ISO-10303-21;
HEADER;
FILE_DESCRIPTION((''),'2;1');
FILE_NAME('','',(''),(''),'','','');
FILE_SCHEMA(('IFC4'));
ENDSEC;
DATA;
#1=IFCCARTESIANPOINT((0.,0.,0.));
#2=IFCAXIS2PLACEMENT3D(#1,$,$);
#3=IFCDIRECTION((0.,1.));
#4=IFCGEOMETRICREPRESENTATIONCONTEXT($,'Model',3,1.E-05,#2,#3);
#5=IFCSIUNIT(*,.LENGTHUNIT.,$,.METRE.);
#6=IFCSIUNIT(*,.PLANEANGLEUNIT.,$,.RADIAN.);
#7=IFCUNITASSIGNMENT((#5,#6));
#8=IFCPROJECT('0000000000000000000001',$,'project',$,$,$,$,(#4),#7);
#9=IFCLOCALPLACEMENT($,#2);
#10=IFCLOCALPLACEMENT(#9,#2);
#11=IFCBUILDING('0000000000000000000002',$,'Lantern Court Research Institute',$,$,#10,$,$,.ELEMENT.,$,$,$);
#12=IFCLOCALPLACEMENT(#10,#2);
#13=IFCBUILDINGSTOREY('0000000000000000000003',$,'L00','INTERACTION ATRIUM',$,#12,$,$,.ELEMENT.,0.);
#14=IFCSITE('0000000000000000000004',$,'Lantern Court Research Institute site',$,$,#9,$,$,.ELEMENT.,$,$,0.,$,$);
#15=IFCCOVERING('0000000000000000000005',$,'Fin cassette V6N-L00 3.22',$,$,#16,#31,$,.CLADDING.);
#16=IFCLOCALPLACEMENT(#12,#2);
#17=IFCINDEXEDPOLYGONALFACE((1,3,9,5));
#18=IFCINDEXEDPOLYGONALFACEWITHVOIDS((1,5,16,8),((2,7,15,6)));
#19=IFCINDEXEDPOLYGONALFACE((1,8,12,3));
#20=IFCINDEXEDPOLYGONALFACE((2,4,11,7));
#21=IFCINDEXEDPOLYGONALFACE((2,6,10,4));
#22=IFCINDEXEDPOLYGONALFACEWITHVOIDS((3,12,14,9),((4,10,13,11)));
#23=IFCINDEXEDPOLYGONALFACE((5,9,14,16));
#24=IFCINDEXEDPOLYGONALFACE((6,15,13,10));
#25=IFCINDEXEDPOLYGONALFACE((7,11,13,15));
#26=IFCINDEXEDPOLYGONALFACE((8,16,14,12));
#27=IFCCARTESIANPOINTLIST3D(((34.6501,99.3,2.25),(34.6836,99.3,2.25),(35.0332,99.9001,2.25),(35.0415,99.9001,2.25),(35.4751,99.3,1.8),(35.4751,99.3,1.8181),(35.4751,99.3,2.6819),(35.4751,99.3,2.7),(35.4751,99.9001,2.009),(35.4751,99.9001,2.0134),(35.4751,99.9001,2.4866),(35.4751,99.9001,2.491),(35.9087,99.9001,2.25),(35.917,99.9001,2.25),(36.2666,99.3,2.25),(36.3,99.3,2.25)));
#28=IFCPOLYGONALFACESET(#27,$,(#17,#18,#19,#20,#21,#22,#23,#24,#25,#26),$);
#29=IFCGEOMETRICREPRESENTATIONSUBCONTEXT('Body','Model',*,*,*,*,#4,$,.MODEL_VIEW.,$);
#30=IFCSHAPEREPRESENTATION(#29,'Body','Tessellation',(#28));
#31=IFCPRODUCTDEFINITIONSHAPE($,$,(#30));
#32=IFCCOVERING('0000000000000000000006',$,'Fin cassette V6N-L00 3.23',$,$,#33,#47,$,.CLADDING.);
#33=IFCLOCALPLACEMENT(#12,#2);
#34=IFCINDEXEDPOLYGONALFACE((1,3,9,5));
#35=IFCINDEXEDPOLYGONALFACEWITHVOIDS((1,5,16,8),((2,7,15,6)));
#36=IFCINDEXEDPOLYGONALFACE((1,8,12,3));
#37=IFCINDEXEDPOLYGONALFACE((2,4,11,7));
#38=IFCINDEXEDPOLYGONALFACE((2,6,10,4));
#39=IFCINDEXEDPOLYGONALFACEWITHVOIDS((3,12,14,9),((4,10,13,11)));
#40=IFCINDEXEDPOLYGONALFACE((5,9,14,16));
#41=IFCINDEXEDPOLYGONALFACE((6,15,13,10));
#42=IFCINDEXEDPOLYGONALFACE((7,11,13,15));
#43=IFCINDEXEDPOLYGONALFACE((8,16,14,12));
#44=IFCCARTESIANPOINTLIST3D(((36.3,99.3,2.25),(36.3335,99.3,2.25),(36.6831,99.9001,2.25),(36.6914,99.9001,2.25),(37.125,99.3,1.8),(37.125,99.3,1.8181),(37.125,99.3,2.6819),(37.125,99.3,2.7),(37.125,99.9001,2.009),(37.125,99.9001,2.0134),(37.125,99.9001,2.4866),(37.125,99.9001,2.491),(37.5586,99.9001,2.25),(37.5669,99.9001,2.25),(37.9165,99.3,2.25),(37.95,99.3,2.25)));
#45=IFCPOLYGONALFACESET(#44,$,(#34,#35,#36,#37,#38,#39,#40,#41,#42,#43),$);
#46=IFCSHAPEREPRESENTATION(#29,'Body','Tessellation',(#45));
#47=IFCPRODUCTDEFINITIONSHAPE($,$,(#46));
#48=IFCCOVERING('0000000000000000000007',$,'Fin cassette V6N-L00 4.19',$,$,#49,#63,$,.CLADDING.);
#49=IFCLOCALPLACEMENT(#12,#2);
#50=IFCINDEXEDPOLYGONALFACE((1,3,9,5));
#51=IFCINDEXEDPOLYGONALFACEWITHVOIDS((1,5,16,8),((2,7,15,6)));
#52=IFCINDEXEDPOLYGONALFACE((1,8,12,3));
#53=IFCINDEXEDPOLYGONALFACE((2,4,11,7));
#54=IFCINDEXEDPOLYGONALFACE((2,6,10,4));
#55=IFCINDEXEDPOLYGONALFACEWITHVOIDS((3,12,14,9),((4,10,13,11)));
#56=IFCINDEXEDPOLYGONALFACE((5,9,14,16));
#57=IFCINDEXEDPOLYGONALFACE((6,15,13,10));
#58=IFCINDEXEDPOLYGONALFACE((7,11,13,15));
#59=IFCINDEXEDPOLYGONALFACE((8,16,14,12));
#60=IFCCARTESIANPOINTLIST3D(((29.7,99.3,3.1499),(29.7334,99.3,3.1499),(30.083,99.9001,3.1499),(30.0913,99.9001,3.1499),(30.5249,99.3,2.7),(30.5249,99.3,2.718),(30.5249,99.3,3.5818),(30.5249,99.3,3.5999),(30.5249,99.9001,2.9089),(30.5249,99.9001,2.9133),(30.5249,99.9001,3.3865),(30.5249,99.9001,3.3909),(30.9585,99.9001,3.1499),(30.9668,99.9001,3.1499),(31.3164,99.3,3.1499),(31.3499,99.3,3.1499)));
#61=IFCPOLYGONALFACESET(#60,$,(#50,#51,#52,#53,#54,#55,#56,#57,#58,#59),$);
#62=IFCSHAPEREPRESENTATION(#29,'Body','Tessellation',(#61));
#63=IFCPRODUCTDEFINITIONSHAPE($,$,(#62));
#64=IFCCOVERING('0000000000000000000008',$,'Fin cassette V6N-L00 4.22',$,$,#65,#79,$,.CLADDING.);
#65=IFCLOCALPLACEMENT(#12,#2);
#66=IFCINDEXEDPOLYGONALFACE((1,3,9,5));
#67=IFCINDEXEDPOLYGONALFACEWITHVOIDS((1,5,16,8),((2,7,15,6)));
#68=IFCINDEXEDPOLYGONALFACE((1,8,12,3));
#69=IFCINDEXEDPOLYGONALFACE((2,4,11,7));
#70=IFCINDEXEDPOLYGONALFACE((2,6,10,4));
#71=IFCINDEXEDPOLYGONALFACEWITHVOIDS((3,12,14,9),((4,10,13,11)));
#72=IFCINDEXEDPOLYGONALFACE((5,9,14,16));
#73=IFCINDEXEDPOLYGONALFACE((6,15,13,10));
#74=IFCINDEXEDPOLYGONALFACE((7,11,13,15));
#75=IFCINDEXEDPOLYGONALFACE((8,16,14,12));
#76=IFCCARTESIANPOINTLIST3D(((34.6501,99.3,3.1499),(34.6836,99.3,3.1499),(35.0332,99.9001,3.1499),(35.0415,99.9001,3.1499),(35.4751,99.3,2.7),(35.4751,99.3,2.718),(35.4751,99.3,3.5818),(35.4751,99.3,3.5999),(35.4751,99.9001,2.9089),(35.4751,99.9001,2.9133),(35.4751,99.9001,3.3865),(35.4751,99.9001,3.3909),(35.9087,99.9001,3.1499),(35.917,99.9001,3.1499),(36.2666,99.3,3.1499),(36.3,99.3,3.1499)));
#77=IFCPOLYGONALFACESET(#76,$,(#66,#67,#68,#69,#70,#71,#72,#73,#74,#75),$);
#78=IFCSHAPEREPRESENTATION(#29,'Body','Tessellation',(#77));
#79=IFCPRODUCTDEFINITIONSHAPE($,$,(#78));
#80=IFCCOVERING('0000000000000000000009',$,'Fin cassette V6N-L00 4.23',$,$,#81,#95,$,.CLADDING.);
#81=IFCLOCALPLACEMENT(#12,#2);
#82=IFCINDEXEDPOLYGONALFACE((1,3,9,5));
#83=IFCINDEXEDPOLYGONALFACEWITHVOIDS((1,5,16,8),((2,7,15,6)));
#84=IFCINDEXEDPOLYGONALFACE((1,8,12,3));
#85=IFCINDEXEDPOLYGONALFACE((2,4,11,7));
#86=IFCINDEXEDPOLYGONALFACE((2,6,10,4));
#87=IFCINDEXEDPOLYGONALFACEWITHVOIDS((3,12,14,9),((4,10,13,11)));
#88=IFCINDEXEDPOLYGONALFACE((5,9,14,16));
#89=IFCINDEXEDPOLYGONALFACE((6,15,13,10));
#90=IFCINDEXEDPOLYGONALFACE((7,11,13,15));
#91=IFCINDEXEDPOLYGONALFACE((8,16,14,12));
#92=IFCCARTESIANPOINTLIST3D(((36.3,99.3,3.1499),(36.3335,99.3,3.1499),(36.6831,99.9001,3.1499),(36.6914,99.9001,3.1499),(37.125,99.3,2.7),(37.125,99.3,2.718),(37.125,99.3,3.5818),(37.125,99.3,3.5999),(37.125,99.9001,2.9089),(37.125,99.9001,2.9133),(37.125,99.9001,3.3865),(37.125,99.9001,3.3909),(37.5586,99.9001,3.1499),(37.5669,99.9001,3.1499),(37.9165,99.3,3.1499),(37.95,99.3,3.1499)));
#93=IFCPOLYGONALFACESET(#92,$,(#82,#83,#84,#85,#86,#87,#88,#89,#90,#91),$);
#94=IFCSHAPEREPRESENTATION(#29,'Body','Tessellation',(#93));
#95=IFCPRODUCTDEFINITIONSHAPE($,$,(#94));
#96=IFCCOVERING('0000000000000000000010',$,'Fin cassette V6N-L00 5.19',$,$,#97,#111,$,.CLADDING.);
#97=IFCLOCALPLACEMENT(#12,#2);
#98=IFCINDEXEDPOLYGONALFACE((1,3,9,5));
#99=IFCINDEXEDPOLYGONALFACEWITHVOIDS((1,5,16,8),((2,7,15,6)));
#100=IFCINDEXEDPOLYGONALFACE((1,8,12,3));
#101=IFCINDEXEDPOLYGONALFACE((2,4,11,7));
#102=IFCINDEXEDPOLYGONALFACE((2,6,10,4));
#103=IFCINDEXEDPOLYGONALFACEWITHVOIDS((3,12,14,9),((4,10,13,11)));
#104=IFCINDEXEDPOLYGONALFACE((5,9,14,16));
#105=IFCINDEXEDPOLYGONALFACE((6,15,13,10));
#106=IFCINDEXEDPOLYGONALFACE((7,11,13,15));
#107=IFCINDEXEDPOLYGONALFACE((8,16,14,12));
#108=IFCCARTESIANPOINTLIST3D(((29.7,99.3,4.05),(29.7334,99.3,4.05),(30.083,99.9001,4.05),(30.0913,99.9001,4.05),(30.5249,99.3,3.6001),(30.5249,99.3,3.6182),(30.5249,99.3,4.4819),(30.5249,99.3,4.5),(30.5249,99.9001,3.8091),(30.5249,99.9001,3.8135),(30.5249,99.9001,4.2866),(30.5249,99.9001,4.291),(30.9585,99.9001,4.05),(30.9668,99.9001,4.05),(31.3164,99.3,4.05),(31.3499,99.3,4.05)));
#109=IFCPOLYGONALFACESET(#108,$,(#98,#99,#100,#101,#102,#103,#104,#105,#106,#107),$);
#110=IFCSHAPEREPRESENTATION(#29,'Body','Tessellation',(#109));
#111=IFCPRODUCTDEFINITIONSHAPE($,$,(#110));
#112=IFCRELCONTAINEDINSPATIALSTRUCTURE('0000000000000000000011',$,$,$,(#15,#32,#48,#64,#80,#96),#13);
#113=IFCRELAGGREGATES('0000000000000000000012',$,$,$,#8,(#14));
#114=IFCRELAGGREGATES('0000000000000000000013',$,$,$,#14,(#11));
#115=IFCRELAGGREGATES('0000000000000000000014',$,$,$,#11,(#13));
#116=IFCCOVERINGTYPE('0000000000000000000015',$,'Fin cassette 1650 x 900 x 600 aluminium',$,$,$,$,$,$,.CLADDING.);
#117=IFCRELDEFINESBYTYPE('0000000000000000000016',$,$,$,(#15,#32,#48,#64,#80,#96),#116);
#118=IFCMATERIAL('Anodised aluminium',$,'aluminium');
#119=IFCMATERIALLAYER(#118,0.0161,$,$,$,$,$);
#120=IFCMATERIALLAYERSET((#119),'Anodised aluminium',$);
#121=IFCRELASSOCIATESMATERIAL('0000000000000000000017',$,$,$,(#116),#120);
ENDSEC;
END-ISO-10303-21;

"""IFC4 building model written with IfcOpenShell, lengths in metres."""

from ifc_helpers import new_model, entity, si_unit, direction, frame, origin, place, context, subcontext, project, spatial, material, layer, layer_set, type_object, element, save


model = new_model("IFC4")

# Units and contexts
model_context = context("Model", 3, precision=1e-05, world=origin(), true_north=direction((0.0, 1.0)))
body_context = subcontext(model_context, "Body", "Model", "MODEL_VIEW")
ifc_project = project(units=[si_unit("LENGTHUNIT", "METRE"), si_unit("PLANEANGLEUNIT", "RADIAN")], contexts=[model_context])

# Site, building, storey
site_placement = place(None, origin())
site = spatial("IfcSite", under=ifc_project, at=site_placement, Name="Lantern Court Research Institute site", CompositionType="ELEMENT", RefElevation=0.0)
building_placement = place(site_placement, origin())
building = spatial("IfcBuilding", under=site, at=building_placement, Name="Lantern Court Research Institute", CompositionType="ELEMENT")
storey_placement = place(building_placement, origin())
storey = spatial("IfcBuildingStorey", under=building, at=storey_placement, Name="L00", Description="INTERACTION ATRIUM", CompositionType="ELEMENT", Elevation=0.0)

# Coverings
ifc_material_1 = material(Name="Anodised aluminium", Category="aluminium")
ifc_layer_1 = layer(ifc_material_1, 0.0161)
ifc_layer_set_1 = layer_set([ifc_layer_1], Name="Anodised aluminium")
covering_type_1 = type_object("IfcCoveringType", Name="Fin cassette 1650 x 900 x 600 aluminium", PredefinedType="CLADDING", material=ifc_layer_set_1)
covering_1_placement = place(storey_placement, frame((35.4751, 99.3, 2.25), z_axis=(0.0, 1.0, 0.0), x_axis=(-1.0, 0.0, 0.0)))
cartesian_point_1 = entity("IfcCartesianPoint", [0.825, 0.0])
cartesian_point_2 = entity("IfcCartesianPoint", [0.7915, 0.0])
cartesian_point_3 = entity("IfcCartesianPoint", [0.4419, 0.0])
cartesian_point_4 = entity("IfcCartesianPoint", [0.4336, 0.0])
element("IfcCovering", 1, at=covering_1_placement, inside=storey, type_object=covering_type_1, Name="Fin cassette V6N-L00 3.22", PredefinedType="CLADDING", context=body_context, shape_type="SweptSolid", body=[
    entity("IfcExtrudedAreaSolidTapered", entity("IfcArbitraryProfileDefWithVoids", "AREA", None, entity("IfcPolyline", [cartesian_point_1, entity("IfcCartesianPoint", [0.0, 0.45]), entity("IfcCartesianPoint", [-0.825, 0.0]), entity("IfcCartesianPoint", [0.0, -0.45]), cartesian_point_1]), [entity("IfcPolyline", [cartesian_point_2, entity("IfcCartesianPoint", [0.0, 0.4319]), entity("IfcCartesianPoint", [-0.7915, 0.0]), entity("IfcCartesianPoint", [0.0, -0.4319]), cartesian_point_2])]), entity("IfcAxis2Placement3D", entity("IfcCartesianPoint", [0.0, 0.0, 0.0])), entity("IfcDirection", [0.0, 0.0, 1.0]), 0.6001, entity("IfcArbitraryProfileDefWithVoids", "AREA", None, entity("IfcPolyline", [cartesian_point_3, entity("IfcCartesianPoint", [0.0, 0.241]), entity("IfcCartesianPoint", [-0.4419, 0.0]), entity("IfcCartesianPoint", [0.0, -0.241]), cartesian_point_3]), [entity("IfcPolyline", [cartesian_point_4, entity("IfcCartesianPoint", [0.0, 0.2366]), entity("IfcCartesianPoint", [-0.4336, 0.0]), entity("IfcCartesianPoint", [0.0, -0.2366]), cartesian_point_4])])),
])
covering_2_placement = place(storey_placement, frame((37.125, 99.3, 2.25), z_axis=(0.0, 1.0, 0.0), x_axis=(-1.0, 0.0, 0.0)))
cartesian_point_5 = entity("IfcCartesianPoint", [0.825, 0.0])
cartesian_point_6 = entity("IfcCartesianPoint", [0.7915, 0.0])
cartesian_point_7 = entity("IfcCartesianPoint", [0.4419, 0.0])
cartesian_point_8 = entity("IfcCartesianPoint", [0.4336, 0.0])
element("IfcCovering", 2, at=covering_2_placement, inside=storey, type_object=covering_type_1, Name="Fin cassette V6N-L00 3.23", PredefinedType="CLADDING", context=body_context, shape_type="SweptSolid", body=[
    entity("IfcExtrudedAreaSolidTapered", entity("IfcArbitraryProfileDefWithVoids", "AREA", None, entity("IfcPolyline", [cartesian_point_5, entity("IfcCartesianPoint", [0.0, 0.45]), entity("IfcCartesianPoint", [-0.825, 0.0]), entity("IfcCartesianPoint", [0.0, -0.45]), cartesian_point_5]), [entity("IfcPolyline", [cartesian_point_6, entity("IfcCartesianPoint", [0.0, 0.4319]), entity("IfcCartesianPoint", [-0.7915, 0.0]), entity("IfcCartesianPoint", [0.0, -0.4319]), cartesian_point_6])]), entity("IfcAxis2Placement3D", entity("IfcCartesianPoint", [0.0, 0.0, 0.0])), entity("IfcDirection", [0.0, 0.0, 1.0]), 0.6001, entity("IfcArbitraryProfileDefWithVoids", "AREA", None, entity("IfcPolyline", [cartesian_point_7, entity("IfcCartesianPoint", [0.0, 0.241]), entity("IfcCartesianPoint", [-0.4419, 0.0]), entity("IfcCartesianPoint", [0.0, -0.241]), cartesian_point_7]), [entity("IfcPolyline", [cartesian_point_8, entity("IfcCartesianPoint", [0.0, 0.2366]), entity("IfcCartesianPoint", [-0.4336, 0.0]), entity("IfcCartesianPoint", [0.0, -0.2366]), cartesian_point_8])])),
])
covering_3_placement = place(storey_placement, frame((30.5249, 99.3, 3.1499), z_axis=(0.0, 1.0, 0.0), x_axis=(-1.0, 0.0, 0.0)))
cartesian_point_9 = entity("IfcCartesianPoint", [0.825, 0.0])
cartesian_point_10 = entity("IfcCartesianPoint", [0.7915, 0.0])
cartesian_point_11 = entity("IfcCartesianPoint", [0.4419, 0.0])
cartesian_point_12 = entity("IfcCartesianPoint", [0.4336, 0.0])
element("IfcCovering", 3, at=covering_3_placement, inside=storey, type_object=covering_type_1, Name="Fin cassette V6N-L00 4.19", PredefinedType="CLADDING", context=body_context, shape_type="SweptSolid", body=[
    entity("IfcExtrudedAreaSolidTapered", entity("IfcArbitraryProfileDefWithVoids", "AREA", None, entity("IfcPolyline", [cartesian_point_9, entity("IfcCartesianPoint", [0.0, 0.45]), entity("IfcCartesianPoint", [-0.825, 0.0]), entity("IfcCartesianPoint", [0.0, -0.45]), cartesian_point_9]), [entity("IfcPolyline", [cartesian_point_10, entity("IfcCartesianPoint", [0.0, 0.4319]), entity("IfcCartesianPoint", [-0.7915, 0.0]), entity("IfcCartesianPoint", [0.0, -0.4319]), cartesian_point_10])]), entity("IfcAxis2Placement3D", entity("IfcCartesianPoint", [0.0, 0.0, 0.0])), entity("IfcDirection", [0.0, 0.0, 1.0]), 0.6001, entity("IfcArbitraryProfileDefWithVoids", "AREA", None, entity("IfcPolyline", [cartesian_point_11, entity("IfcCartesianPoint", [0.0, 0.241]), entity("IfcCartesianPoint", [-0.4419, 0.0]), entity("IfcCartesianPoint", [0.0, -0.241]), cartesian_point_11]), [entity("IfcPolyline", [cartesian_point_12, entity("IfcCartesianPoint", [0.0, 0.2366]), entity("IfcCartesianPoint", [-0.4336, 0.0]), entity("IfcCartesianPoint", [0.0, -0.2366]), cartesian_point_12])])),
])
covering_4_placement = place(storey_placement, frame((35.4751, 99.3, 3.1499), z_axis=(0.0, 1.0, 0.0), x_axis=(-1.0, 0.0, 0.0)))
cartesian_point_13 = entity("IfcCartesianPoint", [0.825, 0.0])
cartesian_point_14 = entity("IfcCartesianPoint", [0.7915, 0.0])
cartesian_point_15 = entity("IfcCartesianPoint", [0.4419, 0.0])
cartesian_point_16 = entity("IfcCartesianPoint", [0.4336, 0.0])
element("IfcCovering", 4, at=covering_4_placement, inside=storey, type_object=covering_type_1, Name="Fin cassette V6N-L00 4.22", PredefinedType="CLADDING", context=body_context, shape_type="SweptSolid", body=[
    entity("IfcExtrudedAreaSolidTapered", entity("IfcArbitraryProfileDefWithVoids", "AREA", None, entity("IfcPolyline", [cartesian_point_13, entity("IfcCartesianPoint", [0.0, 0.45]), entity("IfcCartesianPoint", [-0.825, 0.0]), entity("IfcCartesianPoint", [0.0, -0.45]), cartesian_point_13]), [entity("IfcPolyline", [cartesian_point_14, entity("IfcCartesianPoint", [0.0, 0.4319]), entity("IfcCartesianPoint", [-0.7915, 0.0]), entity("IfcCartesianPoint", [0.0, -0.4319]), cartesian_point_14])]), entity("IfcAxis2Placement3D", entity("IfcCartesianPoint", [0.0, 0.0, 0.0])), entity("IfcDirection", [0.0, 0.0, 1.0]), 0.6001, entity("IfcArbitraryProfileDefWithVoids", "AREA", None, entity("IfcPolyline", [cartesian_point_15, entity("IfcCartesianPoint", [0.0, 0.241]), entity("IfcCartesianPoint", [-0.4419, 0.0]), entity("IfcCartesianPoint", [0.0, -0.241]), cartesian_point_15]), [entity("IfcPolyline", [cartesian_point_16, entity("IfcCartesianPoint", [0.0, 0.2366]), entity("IfcCartesianPoint", [-0.4336, 0.0]), entity("IfcCartesianPoint", [0.0, -0.2366]), cartesian_point_16])])),
])
covering_5_placement = place(storey_placement, frame((37.125, 99.3, 3.1499), z_axis=(0.0, 1.0, 0.0), x_axis=(-1.0, 0.0, 0.0)))
cartesian_point_17 = entity("IfcCartesianPoint", [0.825, 0.0])
cartesian_point_18 = entity("IfcCartesianPoint", [0.7915, 0.0])
cartesian_point_19 = entity("IfcCartesianPoint", [0.4419, 0.0])
cartesian_point_20 = entity("IfcCartesianPoint", [0.4336, 0.0])
element("IfcCovering", 5, at=covering_5_placement, inside=storey, type_object=covering_type_1, Name="Fin cassette V6N-L00 4.23", PredefinedType="CLADDING", context=body_context, shape_type="SweptSolid", body=[
    entity("IfcExtrudedAreaSolidTapered", entity("IfcArbitraryProfileDefWithVoids", "AREA", None, entity("IfcPolyline", [cartesian_point_17, entity("IfcCartesianPoint", [0.0, 0.45]), entity("IfcCartesianPoint", [-0.825, 0.0]), entity("IfcCartesianPoint", [0.0, -0.45]), cartesian_point_17]), [entity("IfcPolyline", [cartesian_point_18, entity("IfcCartesianPoint", [0.0, 0.4319]), entity("IfcCartesianPoint", [-0.7915, 0.0]), entity("IfcCartesianPoint", [0.0, -0.4319]), cartesian_point_18])]), entity("IfcAxis2Placement3D", entity("IfcCartesianPoint", [0.0, 0.0, 0.0])), entity("IfcDirection", [0.0, 0.0, 1.0]), 0.6001, entity("IfcArbitraryProfileDefWithVoids", "AREA", None, entity("IfcPolyline", [cartesian_point_19, entity("IfcCartesianPoint", [0.0, 0.241]), entity("IfcCartesianPoint", [-0.4419, 0.0]), entity("IfcCartesianPoint", [0.0, -0.241]), cartesian_point_19]), [entity("IfcPolyline", [cartesian_point_20, entity("IfcCartesianPoint", [0.0, 0.2366]), entity("IfcCartesianPoint", [-0.4336, 0.0]), entity("IfcCartesianPoint", [0.0, -0.2366]), cartesian_point_20])])),
])
covering_6_placement = place(storey_placement, frame((30.5249, 99.3, 4.05), z_axis=(0.0, 1.0, 0.0), x_axis=(-1.0, 0.0, 0.0)))
cartesian_point_21 = entity("IfcCartesianPoint", [0.825, 0.0])
cartesian_point_22 = entity("IfcCartesianPoint", [0.7915, 0.0])
cartesian_point_23 = entity("IfcCartesianPoint", [0.4419, 0.0])
cartesian_point_24 = entity("IfcCartesianPoint", [0.4336, 0.0])
element("IfcCovering", 6, at=covering_6_placement, inside=storey, type_object=covering_type_1, Name="Fin cassette V6N-L00 5.19", PredefinedType="CLADDING", context=body_context, shape_type="SweptSolid", body=[
    entity("IfcExtrudedAreaSolidTapered", entity("IfcArbitraryProfileDefWithVoids", "AREA", None, entity("IfcPolyline", [cartesian_point_21, entity("IfcCartesianPoint", [0.0, 0.45]), entity("IfcCartesianPoint", [-0.825, 0.0]), entity("IfcCartesianPoint", [0.0, -0.45]), cartesian_point_21]), [entity("IfcPolyline", [cartesian_point_22, entity("IfcCartesianPoint", [0.0, 0.4319]), entity("IfcCartesianPoint", [-0.7915, 0.0]), entity("IfcCartesianPoint", [0.0, -0.4319]), cartesian_point_22])]), entity("IfcAxis2Placement3D", entity("IfcCartesianPoint", [0.0, 0.0, 0.0])), entity("IfcDirection", [0.0, 0.0, 1.0]), 0.6001, entity("IfcArbitraryProfileDefWithVoids", "AREA", None, entity("IfcPolyline", [cartesian_point_23, entity("IfcCartesianPoint", [0.0, 0.241]), entity("IfcCartesianPoint", [-0.4419, 0.0]), entity("IfcCartesianPoint", [0.0, -0.241]), cartesian_point_23]), [entity("IfcPolyline", [cartesian_point_24, entity("IfcCartesianPoint", [0.0, 0.2366]), entity("IfcCartesianPoint", [-0.4336, 0.0]), entity("IfcCartesianPoint", [0.0, -0.2366]), cartesian_point_24])])),
])

save(model, "model.ifc")
